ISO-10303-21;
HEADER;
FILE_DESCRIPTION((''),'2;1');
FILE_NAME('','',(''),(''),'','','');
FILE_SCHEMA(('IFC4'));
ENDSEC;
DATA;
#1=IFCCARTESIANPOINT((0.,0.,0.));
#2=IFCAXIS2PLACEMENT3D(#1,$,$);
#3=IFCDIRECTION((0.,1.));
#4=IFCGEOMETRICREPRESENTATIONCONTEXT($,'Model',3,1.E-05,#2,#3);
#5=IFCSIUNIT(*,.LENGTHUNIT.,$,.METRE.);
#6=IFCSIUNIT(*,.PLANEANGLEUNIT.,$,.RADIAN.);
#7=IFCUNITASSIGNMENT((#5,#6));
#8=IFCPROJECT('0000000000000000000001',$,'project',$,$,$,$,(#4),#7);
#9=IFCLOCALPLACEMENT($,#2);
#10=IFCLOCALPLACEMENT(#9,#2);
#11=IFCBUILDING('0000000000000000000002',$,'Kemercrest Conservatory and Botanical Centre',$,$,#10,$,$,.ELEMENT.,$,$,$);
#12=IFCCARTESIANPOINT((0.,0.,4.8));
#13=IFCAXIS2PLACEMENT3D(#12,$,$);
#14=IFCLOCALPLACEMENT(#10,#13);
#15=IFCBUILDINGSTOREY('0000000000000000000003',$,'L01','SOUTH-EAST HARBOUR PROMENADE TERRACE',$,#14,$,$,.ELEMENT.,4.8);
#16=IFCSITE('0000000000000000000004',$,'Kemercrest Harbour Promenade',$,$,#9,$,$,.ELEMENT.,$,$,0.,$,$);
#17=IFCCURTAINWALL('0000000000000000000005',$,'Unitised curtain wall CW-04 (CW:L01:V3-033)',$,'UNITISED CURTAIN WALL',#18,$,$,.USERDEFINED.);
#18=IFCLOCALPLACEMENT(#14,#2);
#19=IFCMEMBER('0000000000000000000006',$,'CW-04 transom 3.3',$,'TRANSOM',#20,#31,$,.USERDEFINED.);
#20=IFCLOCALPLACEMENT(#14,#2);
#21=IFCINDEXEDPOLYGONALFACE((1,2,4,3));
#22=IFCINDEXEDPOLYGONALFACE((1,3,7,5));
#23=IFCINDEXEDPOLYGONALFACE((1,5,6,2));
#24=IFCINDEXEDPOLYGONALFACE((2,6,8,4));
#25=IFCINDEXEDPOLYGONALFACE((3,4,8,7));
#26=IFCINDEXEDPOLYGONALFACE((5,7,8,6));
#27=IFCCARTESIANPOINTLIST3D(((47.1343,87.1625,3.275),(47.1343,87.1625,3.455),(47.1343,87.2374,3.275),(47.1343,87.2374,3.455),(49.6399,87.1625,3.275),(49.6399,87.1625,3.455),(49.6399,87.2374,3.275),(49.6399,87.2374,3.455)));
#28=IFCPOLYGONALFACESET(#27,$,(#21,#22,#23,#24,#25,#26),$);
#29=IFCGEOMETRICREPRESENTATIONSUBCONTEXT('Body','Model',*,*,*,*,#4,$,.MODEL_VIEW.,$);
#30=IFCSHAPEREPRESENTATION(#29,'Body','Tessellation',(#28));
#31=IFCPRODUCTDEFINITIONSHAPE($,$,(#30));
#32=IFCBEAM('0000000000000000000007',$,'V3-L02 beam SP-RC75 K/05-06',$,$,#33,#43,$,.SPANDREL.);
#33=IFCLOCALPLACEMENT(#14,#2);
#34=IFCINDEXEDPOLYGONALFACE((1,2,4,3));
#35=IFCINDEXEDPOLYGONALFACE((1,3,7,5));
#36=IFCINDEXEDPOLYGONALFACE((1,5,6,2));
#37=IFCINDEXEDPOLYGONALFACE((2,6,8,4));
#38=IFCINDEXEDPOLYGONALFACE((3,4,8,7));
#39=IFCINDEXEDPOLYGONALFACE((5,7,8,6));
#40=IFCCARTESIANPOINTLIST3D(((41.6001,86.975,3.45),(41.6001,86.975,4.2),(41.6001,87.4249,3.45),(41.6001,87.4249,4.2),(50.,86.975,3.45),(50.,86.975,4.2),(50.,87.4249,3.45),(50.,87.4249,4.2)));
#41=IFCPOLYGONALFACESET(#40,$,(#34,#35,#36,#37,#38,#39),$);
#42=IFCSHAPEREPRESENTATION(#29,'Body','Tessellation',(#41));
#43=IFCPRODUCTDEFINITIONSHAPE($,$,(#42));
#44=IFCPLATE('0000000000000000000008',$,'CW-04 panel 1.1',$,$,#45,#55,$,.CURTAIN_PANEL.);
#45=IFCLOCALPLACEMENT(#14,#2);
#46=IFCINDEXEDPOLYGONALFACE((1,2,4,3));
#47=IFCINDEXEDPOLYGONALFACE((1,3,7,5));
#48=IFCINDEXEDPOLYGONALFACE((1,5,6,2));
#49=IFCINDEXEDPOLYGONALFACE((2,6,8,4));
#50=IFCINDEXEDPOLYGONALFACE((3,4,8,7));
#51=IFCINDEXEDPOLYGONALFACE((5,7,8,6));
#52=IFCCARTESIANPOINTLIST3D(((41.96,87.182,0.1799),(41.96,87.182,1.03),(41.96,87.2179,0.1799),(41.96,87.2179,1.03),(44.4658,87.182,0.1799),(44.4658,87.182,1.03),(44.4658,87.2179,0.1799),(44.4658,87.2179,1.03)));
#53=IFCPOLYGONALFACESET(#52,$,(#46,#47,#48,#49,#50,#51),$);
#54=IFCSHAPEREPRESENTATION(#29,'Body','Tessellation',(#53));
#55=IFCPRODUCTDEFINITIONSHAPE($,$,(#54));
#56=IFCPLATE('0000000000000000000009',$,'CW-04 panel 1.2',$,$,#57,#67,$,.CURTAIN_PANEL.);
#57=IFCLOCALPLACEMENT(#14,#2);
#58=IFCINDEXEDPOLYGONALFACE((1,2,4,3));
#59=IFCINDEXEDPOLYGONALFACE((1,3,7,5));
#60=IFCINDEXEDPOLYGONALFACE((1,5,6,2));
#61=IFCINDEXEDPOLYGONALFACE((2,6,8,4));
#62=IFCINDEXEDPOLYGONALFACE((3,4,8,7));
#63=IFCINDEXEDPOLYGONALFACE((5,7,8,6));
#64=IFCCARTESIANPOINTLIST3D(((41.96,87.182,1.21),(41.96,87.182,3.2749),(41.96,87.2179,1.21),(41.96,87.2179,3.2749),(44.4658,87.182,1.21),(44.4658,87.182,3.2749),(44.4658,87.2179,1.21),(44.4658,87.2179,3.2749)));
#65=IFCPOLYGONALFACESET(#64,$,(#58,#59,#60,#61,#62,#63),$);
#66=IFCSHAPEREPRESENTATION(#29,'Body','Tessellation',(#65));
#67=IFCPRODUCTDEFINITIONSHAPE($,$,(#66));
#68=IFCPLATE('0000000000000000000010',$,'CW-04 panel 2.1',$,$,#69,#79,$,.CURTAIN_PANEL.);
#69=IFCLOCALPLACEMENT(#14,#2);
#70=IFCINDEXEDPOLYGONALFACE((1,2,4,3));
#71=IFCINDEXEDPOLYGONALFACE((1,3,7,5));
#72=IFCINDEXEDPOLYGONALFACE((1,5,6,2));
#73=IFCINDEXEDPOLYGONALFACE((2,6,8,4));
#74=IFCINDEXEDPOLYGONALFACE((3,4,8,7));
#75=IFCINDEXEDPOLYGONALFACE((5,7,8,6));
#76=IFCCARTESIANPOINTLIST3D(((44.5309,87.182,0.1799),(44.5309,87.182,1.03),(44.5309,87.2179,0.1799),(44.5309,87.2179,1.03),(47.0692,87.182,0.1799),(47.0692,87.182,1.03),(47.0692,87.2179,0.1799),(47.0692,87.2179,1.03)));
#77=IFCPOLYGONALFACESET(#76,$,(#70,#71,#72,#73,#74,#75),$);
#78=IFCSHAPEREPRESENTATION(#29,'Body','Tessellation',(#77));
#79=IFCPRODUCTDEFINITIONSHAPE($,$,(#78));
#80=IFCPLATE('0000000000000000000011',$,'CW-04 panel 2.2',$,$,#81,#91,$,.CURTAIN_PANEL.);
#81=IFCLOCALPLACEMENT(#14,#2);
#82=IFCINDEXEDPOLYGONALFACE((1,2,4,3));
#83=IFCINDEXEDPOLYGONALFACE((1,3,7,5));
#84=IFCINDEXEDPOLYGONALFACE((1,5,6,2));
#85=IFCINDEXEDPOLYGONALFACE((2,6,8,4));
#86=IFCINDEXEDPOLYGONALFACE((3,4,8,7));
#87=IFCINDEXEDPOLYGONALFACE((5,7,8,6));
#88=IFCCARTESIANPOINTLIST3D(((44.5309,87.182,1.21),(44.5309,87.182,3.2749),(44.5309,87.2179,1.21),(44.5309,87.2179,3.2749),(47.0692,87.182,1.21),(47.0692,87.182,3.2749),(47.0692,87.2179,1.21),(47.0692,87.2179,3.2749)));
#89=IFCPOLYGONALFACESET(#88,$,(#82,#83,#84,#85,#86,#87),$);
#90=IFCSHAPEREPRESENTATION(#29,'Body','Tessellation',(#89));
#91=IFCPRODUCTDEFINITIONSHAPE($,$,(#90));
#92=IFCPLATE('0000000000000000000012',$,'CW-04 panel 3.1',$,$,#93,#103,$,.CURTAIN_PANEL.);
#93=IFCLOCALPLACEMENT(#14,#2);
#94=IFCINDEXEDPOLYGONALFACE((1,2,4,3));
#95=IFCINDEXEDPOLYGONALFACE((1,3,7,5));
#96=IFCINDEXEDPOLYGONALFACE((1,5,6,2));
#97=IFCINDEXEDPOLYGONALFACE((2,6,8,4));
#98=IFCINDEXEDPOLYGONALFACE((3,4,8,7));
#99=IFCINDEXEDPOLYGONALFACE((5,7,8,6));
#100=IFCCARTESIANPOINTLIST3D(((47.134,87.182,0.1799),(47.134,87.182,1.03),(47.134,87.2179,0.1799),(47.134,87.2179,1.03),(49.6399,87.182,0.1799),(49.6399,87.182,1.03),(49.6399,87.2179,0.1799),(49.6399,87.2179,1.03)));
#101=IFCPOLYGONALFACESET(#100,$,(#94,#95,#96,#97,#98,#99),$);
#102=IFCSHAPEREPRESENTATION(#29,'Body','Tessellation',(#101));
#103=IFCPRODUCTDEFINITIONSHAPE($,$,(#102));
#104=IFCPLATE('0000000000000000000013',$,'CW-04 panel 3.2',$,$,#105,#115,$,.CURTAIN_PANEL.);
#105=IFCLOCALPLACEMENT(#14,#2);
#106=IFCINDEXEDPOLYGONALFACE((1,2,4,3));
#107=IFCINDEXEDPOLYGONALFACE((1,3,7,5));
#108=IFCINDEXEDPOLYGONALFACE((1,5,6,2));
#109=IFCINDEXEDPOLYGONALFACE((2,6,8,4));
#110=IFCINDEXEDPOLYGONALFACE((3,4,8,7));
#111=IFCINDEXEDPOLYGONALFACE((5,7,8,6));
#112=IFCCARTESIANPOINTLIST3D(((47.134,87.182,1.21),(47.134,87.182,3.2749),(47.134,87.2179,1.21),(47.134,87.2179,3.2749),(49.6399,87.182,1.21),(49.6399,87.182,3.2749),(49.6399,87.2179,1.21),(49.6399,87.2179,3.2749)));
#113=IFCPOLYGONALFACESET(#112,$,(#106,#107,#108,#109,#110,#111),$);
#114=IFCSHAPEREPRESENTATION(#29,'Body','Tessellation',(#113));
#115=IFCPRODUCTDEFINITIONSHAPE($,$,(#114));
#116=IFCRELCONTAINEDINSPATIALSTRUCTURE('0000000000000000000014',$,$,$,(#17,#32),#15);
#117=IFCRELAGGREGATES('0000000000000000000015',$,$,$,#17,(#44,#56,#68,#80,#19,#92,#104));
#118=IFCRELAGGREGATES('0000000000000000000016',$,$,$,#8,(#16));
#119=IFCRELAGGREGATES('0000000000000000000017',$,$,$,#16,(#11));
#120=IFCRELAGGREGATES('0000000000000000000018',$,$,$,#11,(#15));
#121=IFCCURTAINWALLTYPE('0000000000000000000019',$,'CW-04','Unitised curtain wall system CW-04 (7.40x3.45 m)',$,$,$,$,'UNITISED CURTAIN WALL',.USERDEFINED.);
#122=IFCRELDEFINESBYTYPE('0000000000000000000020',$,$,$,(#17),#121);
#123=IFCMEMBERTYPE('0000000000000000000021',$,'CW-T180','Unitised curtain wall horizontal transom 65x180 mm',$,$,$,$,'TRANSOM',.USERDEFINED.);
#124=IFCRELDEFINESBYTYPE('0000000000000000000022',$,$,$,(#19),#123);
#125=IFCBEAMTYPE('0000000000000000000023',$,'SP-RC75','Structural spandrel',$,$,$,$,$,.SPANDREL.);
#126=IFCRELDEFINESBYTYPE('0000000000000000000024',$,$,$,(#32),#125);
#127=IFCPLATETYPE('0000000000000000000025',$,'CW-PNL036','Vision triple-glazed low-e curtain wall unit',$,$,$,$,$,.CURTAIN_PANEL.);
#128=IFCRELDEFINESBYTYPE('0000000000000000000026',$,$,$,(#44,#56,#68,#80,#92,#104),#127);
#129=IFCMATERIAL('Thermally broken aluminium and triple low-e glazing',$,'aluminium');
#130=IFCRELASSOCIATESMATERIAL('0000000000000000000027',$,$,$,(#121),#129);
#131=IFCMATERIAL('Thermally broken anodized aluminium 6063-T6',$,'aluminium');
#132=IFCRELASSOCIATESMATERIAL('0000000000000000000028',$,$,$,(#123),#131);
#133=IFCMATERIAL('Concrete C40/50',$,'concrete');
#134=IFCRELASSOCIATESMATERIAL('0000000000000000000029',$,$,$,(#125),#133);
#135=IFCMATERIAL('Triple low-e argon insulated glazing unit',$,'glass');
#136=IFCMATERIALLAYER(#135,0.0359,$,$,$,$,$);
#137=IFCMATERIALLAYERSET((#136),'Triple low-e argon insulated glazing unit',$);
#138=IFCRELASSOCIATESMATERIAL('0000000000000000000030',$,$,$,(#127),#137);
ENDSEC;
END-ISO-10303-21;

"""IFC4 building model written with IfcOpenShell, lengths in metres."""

from ifc_helpers import new_model, si_unit, direction, frame, origin, origin_2d, place, context, subcontext, project, spatial, rectangle, extrude, material, layer, layer_set, material_profile, profile_set, type_object, element, aggregate, save


model = new_model("IFC4")

# Units and contexts
model_context = context("Model", 3, precision=1e-05, world=origin(), true_north=direction((0.0, 1.0)))
body_context = subcontext(model_context, "Body", "Model", "MODEL_VIEW")
ifc_project = project(units=[si_unit("LENGTHUNIT", "METRE"), si_unit("PLANEANGLEUNIT", "RADIAN")], contexts=[model_context])

# Site, building, storey
site_placement = place(None, origin())
site = spatial("IfcSite", under=ifc_project, at=site_placement, Name="Kemercrest Harbour Promenade", CompositionType="ELEMENT", RefElevation=0.0)
building_placement = place(site_placement, origin())
building = spatial("IfcBuilding", under=site, at=building_placement, Name="Kemercrest Conservatory and Botanical Centre", CompositionType="ELEMENT")
storey_placement = place(building_placement, frame((0.0, 0.0, 4.8)))
storey = spatial("IfcBuildingStorey", under=building, at=storey_placement, Name="L01", Description="SOUTH-EAST HARBOUR PROMENADE TERRACE", CompositionType="ELEMENT", Elevation=4.8)

# Shared definitions
ifc_material_1 = material(Name="Concrete C40/50", Category="concrete")

# Curtain wall, member
ifc_material_2 = material(Name="Thermally broken aluminium and triple low-e glazing", Category="aluminium")
curtain_wall_type = type_object("IfcCurtainWallType", Name="CW-04", Description="Unitised curtain wall system CW-04 (7.40x3.45 m)", ElementType="UNITISED CURTAIN WALL", PredefinedType="USERDEFINED", material=ifc_material_2)
curtain_wall_placement = place(storey_placement, origin())
curtain_wall = element("IfcCurtainWall", 1, at=curtain_wall_placement, inside=storey, type_object=curtain_wall_type, Name="Unitised curtain wall CW-04 (CW:L01:V3-033)", ObjectType="UNITISED CURTAIN WALL", PredefinedType="USERDEFINED")
ifc_material_3 = material(Name="Thermally broken anodized aluminium 6063-T6", Category="aluminium")
ifc_material_profile_1 = material_profile(ifc_material_3, rectangle(XDim=0.075, YDim=0.1799, at=origin_2d()), Name="AL TRANSOM 75x180")
ifc_profile_set_1 = profile_set([ifc_material_profile_1], Name="Thermally broken anodized aluminium 6063-T6")
member_type_1 = type_object("IfcMemberType", Name="CW-T180", Description="Unitised curtain wall horizontal transom 65x180 mm", ElementType="TRANSOM", PredefinedType="USERDEFINED", material=ifc_profile_set_1)
member_1_placement = place(storey_placement, frame((47.1343, 87.2, 3.365), z_axis=(1.0, 0.0, 0.0), x_axis=(0.0, 1.0, 0.0)))
member_1 = element("IfcMember", 2, at=member_1_placement, type_object=member_type_1, Name="CW-04 transom 3.3", ObjectType="TRANSOM", PredefinedType="USERDEFINED", context=body_context, shape_type="SweptSolid", body=[
    extrude(rectangle(XDim=0.075, YDim=0.1799, at=origin_2d()), origin(), (0.0, 0.0, 1.0), 2.5056),
])

# Beam
ifc_material_profile_2 = material_profile(ifc_material_1, rectangle(XDim=0.45, YDim=0.75, at=origin_2d()), Name="RC 450x750")
ifc_profile_set_2 = profile_set([ifc_material_profile_2], Name="Concrete C40/50")
beam_type_1 = type_object("IfcBeamType", Name="SP-RC75", Description="Structural spandrel", PredefinedType="SPANDREL", material=ifc_profile_set_2)
beam_1_placement = place(storey_placement, frame((41.6001, 87.2, 3.825), z_axis=(1.0, 0.0, 0.0), x_axis=(0.0, 1.0, 0.0)))
element("IfcBeam", 3, at=beam_1_placement, inside=storey, type_object=beam_type_1, Name="V3-L02 beam SP-RC75 K/05-06", PredefinedType="SPANDREL", context=body_context, shape_type="SweptSolid", body=[
    extrude(rectangle(XDim=0.45, YDim=0.75, at=origin_2d()), origin(), (0.0, 0.0, 1.0), 8.3999),
])

# Plates
ifc_material_4 = material(Name="Triple low-e argon insulated glazing unit", Category="glass")
ifc_layer = layer(ifc_material_4, 0.0359)
ifc_layer_set = layer_set([ifc_layer], Name="Triple low-e argon insulated glazing unit")
plate_type = type_object("IfcPlateType", Name="CW-PNL036", Description="Vision triple-glazed low-e curtain wall unit", PredefinedType="CURTAIN_PANEL", material=ifc_layer_set)
plate_1_placement = place(storey_placement, frame((43.2129, 87.2, 0.1799), z_axis=(0.0, 0.0, 1.0), x_axis=(1.0, 0.0, 0.0)))
plate_1 = element("IfcPlate", 4, at=plate_1_placement, type_object=plate_type, Name="CW-04 panel 1.1", PredefinedType="CURTAIN_PANEL", context=body_context, shape_type="SweptSolid", body=[
    extrude(rectangle(XDim=2.5059, YDim=0.0359, at=origin_2d()), origin(), (0.0, 0.0, 1.0), 0.8501),
])
plate_2_placement = place(storey_placement, frame((43.2129, 87.2, 1.21), z_axis=(0.0, 0.0, 1.0), x_axis=(1.0, 0.0, 0.0)))
plate_2 = element("IfcPlate", 5, at=plate_2_placement, type_object=plate_type, Name="CW-04 panel 1.2", PredefinedType="CURTAIN_PANEL", context=body_context, shape_type="SweptSolid", body=[
    extrude(rectangle(XDim=2.5059, YDim=0.0359, at=origin_2d()), origin(), (0.0, 0.0, 1.0), 2.0649),
])
plate_3_placement = place(storey_placement, frame((45.8, 87.2, 0.1799), z_axis=(0.0, 0.0, 1.0), x_axis=(1.0, 0.0, 0.0)))
plate_3 = element("IfcPlate", 6, at=plate_3_placement, type_object=plate_type, Name="CW-04 panel 2.1", PredefinedType="CURTAIN_PANEL", context=body_context, shape_type="SweptSolid", body=[
    extrude(rectangle(XDim=2.5383, YDim=0.0359, at=origin_2d()), origin(), (0.0, 0.0, 1.0), 0.8501),
])
plate_4_placement = place(storey_placement, frame((45.8, 87.2, 1.21), z_axis=(0.0, 0.0, 1.0), x_axis=(1.0, 0.0, 0.0)))
plate_4 = element("IfcPlate", 7, at=plate_4_placement, type_object=plate_type, Name="CW-04 panel 2.2", PredefinedType="CURTAIN_PANEL", context=body_context, shape_type="SweptSolid", body=[
    extrude(rectangle(XDim=2.5383, YDim=0.0359, at=origin_2d()), origin(), (0.0, 0.0, 1.0), 2.0649),
])
plate_5_placement = place(storey_placement, frame((48.387, 87.2, 0.1799), z_axis=(0.0, 0.0, 1.0), x_axis=(1.0, 0.0, 0.0)))
plate_5 = element("IfcPlate", 8, at=plate_5_placement, type_object=plate_type, Name="CW-04 panel 3.1", PredefinedType="CURTAIN_PANEL", context=body_context, shape_type="SweptSolid", body=[
    extrude(rectangle(XDim=2.5059, YDim=0.0359, at=origin_2d()), origin(), (0.0, 0.0, 1.0), 0.8501),
])
plate_6_placement = place(storey_placement, frame((48.387, 87.2, 1.21), z_axis=(0.0, 0.0, 1.0), x_axis=(1.0, 0.0, 0.0)))
plate_6 = element("IfcPlate", 9, at=plate_6_placement, type_object=plate_type, Name="CW-04 panel 3.2", PredefinedType="CURTAIN_PANEL", context=body_context, shape_type="SweptSolid", body=[
    extrude(rectangle(XDim=2.5059, YDim=0.0359, at=origin_2d()), origin(), (0.0, 0.0, 1.0), 2.0649),
])
aggregate(curtain_wall, [plate_1, plate_2, plate_3, plate_4, member_1, plate_5, plate_6])

save(model, "model.ifc")
